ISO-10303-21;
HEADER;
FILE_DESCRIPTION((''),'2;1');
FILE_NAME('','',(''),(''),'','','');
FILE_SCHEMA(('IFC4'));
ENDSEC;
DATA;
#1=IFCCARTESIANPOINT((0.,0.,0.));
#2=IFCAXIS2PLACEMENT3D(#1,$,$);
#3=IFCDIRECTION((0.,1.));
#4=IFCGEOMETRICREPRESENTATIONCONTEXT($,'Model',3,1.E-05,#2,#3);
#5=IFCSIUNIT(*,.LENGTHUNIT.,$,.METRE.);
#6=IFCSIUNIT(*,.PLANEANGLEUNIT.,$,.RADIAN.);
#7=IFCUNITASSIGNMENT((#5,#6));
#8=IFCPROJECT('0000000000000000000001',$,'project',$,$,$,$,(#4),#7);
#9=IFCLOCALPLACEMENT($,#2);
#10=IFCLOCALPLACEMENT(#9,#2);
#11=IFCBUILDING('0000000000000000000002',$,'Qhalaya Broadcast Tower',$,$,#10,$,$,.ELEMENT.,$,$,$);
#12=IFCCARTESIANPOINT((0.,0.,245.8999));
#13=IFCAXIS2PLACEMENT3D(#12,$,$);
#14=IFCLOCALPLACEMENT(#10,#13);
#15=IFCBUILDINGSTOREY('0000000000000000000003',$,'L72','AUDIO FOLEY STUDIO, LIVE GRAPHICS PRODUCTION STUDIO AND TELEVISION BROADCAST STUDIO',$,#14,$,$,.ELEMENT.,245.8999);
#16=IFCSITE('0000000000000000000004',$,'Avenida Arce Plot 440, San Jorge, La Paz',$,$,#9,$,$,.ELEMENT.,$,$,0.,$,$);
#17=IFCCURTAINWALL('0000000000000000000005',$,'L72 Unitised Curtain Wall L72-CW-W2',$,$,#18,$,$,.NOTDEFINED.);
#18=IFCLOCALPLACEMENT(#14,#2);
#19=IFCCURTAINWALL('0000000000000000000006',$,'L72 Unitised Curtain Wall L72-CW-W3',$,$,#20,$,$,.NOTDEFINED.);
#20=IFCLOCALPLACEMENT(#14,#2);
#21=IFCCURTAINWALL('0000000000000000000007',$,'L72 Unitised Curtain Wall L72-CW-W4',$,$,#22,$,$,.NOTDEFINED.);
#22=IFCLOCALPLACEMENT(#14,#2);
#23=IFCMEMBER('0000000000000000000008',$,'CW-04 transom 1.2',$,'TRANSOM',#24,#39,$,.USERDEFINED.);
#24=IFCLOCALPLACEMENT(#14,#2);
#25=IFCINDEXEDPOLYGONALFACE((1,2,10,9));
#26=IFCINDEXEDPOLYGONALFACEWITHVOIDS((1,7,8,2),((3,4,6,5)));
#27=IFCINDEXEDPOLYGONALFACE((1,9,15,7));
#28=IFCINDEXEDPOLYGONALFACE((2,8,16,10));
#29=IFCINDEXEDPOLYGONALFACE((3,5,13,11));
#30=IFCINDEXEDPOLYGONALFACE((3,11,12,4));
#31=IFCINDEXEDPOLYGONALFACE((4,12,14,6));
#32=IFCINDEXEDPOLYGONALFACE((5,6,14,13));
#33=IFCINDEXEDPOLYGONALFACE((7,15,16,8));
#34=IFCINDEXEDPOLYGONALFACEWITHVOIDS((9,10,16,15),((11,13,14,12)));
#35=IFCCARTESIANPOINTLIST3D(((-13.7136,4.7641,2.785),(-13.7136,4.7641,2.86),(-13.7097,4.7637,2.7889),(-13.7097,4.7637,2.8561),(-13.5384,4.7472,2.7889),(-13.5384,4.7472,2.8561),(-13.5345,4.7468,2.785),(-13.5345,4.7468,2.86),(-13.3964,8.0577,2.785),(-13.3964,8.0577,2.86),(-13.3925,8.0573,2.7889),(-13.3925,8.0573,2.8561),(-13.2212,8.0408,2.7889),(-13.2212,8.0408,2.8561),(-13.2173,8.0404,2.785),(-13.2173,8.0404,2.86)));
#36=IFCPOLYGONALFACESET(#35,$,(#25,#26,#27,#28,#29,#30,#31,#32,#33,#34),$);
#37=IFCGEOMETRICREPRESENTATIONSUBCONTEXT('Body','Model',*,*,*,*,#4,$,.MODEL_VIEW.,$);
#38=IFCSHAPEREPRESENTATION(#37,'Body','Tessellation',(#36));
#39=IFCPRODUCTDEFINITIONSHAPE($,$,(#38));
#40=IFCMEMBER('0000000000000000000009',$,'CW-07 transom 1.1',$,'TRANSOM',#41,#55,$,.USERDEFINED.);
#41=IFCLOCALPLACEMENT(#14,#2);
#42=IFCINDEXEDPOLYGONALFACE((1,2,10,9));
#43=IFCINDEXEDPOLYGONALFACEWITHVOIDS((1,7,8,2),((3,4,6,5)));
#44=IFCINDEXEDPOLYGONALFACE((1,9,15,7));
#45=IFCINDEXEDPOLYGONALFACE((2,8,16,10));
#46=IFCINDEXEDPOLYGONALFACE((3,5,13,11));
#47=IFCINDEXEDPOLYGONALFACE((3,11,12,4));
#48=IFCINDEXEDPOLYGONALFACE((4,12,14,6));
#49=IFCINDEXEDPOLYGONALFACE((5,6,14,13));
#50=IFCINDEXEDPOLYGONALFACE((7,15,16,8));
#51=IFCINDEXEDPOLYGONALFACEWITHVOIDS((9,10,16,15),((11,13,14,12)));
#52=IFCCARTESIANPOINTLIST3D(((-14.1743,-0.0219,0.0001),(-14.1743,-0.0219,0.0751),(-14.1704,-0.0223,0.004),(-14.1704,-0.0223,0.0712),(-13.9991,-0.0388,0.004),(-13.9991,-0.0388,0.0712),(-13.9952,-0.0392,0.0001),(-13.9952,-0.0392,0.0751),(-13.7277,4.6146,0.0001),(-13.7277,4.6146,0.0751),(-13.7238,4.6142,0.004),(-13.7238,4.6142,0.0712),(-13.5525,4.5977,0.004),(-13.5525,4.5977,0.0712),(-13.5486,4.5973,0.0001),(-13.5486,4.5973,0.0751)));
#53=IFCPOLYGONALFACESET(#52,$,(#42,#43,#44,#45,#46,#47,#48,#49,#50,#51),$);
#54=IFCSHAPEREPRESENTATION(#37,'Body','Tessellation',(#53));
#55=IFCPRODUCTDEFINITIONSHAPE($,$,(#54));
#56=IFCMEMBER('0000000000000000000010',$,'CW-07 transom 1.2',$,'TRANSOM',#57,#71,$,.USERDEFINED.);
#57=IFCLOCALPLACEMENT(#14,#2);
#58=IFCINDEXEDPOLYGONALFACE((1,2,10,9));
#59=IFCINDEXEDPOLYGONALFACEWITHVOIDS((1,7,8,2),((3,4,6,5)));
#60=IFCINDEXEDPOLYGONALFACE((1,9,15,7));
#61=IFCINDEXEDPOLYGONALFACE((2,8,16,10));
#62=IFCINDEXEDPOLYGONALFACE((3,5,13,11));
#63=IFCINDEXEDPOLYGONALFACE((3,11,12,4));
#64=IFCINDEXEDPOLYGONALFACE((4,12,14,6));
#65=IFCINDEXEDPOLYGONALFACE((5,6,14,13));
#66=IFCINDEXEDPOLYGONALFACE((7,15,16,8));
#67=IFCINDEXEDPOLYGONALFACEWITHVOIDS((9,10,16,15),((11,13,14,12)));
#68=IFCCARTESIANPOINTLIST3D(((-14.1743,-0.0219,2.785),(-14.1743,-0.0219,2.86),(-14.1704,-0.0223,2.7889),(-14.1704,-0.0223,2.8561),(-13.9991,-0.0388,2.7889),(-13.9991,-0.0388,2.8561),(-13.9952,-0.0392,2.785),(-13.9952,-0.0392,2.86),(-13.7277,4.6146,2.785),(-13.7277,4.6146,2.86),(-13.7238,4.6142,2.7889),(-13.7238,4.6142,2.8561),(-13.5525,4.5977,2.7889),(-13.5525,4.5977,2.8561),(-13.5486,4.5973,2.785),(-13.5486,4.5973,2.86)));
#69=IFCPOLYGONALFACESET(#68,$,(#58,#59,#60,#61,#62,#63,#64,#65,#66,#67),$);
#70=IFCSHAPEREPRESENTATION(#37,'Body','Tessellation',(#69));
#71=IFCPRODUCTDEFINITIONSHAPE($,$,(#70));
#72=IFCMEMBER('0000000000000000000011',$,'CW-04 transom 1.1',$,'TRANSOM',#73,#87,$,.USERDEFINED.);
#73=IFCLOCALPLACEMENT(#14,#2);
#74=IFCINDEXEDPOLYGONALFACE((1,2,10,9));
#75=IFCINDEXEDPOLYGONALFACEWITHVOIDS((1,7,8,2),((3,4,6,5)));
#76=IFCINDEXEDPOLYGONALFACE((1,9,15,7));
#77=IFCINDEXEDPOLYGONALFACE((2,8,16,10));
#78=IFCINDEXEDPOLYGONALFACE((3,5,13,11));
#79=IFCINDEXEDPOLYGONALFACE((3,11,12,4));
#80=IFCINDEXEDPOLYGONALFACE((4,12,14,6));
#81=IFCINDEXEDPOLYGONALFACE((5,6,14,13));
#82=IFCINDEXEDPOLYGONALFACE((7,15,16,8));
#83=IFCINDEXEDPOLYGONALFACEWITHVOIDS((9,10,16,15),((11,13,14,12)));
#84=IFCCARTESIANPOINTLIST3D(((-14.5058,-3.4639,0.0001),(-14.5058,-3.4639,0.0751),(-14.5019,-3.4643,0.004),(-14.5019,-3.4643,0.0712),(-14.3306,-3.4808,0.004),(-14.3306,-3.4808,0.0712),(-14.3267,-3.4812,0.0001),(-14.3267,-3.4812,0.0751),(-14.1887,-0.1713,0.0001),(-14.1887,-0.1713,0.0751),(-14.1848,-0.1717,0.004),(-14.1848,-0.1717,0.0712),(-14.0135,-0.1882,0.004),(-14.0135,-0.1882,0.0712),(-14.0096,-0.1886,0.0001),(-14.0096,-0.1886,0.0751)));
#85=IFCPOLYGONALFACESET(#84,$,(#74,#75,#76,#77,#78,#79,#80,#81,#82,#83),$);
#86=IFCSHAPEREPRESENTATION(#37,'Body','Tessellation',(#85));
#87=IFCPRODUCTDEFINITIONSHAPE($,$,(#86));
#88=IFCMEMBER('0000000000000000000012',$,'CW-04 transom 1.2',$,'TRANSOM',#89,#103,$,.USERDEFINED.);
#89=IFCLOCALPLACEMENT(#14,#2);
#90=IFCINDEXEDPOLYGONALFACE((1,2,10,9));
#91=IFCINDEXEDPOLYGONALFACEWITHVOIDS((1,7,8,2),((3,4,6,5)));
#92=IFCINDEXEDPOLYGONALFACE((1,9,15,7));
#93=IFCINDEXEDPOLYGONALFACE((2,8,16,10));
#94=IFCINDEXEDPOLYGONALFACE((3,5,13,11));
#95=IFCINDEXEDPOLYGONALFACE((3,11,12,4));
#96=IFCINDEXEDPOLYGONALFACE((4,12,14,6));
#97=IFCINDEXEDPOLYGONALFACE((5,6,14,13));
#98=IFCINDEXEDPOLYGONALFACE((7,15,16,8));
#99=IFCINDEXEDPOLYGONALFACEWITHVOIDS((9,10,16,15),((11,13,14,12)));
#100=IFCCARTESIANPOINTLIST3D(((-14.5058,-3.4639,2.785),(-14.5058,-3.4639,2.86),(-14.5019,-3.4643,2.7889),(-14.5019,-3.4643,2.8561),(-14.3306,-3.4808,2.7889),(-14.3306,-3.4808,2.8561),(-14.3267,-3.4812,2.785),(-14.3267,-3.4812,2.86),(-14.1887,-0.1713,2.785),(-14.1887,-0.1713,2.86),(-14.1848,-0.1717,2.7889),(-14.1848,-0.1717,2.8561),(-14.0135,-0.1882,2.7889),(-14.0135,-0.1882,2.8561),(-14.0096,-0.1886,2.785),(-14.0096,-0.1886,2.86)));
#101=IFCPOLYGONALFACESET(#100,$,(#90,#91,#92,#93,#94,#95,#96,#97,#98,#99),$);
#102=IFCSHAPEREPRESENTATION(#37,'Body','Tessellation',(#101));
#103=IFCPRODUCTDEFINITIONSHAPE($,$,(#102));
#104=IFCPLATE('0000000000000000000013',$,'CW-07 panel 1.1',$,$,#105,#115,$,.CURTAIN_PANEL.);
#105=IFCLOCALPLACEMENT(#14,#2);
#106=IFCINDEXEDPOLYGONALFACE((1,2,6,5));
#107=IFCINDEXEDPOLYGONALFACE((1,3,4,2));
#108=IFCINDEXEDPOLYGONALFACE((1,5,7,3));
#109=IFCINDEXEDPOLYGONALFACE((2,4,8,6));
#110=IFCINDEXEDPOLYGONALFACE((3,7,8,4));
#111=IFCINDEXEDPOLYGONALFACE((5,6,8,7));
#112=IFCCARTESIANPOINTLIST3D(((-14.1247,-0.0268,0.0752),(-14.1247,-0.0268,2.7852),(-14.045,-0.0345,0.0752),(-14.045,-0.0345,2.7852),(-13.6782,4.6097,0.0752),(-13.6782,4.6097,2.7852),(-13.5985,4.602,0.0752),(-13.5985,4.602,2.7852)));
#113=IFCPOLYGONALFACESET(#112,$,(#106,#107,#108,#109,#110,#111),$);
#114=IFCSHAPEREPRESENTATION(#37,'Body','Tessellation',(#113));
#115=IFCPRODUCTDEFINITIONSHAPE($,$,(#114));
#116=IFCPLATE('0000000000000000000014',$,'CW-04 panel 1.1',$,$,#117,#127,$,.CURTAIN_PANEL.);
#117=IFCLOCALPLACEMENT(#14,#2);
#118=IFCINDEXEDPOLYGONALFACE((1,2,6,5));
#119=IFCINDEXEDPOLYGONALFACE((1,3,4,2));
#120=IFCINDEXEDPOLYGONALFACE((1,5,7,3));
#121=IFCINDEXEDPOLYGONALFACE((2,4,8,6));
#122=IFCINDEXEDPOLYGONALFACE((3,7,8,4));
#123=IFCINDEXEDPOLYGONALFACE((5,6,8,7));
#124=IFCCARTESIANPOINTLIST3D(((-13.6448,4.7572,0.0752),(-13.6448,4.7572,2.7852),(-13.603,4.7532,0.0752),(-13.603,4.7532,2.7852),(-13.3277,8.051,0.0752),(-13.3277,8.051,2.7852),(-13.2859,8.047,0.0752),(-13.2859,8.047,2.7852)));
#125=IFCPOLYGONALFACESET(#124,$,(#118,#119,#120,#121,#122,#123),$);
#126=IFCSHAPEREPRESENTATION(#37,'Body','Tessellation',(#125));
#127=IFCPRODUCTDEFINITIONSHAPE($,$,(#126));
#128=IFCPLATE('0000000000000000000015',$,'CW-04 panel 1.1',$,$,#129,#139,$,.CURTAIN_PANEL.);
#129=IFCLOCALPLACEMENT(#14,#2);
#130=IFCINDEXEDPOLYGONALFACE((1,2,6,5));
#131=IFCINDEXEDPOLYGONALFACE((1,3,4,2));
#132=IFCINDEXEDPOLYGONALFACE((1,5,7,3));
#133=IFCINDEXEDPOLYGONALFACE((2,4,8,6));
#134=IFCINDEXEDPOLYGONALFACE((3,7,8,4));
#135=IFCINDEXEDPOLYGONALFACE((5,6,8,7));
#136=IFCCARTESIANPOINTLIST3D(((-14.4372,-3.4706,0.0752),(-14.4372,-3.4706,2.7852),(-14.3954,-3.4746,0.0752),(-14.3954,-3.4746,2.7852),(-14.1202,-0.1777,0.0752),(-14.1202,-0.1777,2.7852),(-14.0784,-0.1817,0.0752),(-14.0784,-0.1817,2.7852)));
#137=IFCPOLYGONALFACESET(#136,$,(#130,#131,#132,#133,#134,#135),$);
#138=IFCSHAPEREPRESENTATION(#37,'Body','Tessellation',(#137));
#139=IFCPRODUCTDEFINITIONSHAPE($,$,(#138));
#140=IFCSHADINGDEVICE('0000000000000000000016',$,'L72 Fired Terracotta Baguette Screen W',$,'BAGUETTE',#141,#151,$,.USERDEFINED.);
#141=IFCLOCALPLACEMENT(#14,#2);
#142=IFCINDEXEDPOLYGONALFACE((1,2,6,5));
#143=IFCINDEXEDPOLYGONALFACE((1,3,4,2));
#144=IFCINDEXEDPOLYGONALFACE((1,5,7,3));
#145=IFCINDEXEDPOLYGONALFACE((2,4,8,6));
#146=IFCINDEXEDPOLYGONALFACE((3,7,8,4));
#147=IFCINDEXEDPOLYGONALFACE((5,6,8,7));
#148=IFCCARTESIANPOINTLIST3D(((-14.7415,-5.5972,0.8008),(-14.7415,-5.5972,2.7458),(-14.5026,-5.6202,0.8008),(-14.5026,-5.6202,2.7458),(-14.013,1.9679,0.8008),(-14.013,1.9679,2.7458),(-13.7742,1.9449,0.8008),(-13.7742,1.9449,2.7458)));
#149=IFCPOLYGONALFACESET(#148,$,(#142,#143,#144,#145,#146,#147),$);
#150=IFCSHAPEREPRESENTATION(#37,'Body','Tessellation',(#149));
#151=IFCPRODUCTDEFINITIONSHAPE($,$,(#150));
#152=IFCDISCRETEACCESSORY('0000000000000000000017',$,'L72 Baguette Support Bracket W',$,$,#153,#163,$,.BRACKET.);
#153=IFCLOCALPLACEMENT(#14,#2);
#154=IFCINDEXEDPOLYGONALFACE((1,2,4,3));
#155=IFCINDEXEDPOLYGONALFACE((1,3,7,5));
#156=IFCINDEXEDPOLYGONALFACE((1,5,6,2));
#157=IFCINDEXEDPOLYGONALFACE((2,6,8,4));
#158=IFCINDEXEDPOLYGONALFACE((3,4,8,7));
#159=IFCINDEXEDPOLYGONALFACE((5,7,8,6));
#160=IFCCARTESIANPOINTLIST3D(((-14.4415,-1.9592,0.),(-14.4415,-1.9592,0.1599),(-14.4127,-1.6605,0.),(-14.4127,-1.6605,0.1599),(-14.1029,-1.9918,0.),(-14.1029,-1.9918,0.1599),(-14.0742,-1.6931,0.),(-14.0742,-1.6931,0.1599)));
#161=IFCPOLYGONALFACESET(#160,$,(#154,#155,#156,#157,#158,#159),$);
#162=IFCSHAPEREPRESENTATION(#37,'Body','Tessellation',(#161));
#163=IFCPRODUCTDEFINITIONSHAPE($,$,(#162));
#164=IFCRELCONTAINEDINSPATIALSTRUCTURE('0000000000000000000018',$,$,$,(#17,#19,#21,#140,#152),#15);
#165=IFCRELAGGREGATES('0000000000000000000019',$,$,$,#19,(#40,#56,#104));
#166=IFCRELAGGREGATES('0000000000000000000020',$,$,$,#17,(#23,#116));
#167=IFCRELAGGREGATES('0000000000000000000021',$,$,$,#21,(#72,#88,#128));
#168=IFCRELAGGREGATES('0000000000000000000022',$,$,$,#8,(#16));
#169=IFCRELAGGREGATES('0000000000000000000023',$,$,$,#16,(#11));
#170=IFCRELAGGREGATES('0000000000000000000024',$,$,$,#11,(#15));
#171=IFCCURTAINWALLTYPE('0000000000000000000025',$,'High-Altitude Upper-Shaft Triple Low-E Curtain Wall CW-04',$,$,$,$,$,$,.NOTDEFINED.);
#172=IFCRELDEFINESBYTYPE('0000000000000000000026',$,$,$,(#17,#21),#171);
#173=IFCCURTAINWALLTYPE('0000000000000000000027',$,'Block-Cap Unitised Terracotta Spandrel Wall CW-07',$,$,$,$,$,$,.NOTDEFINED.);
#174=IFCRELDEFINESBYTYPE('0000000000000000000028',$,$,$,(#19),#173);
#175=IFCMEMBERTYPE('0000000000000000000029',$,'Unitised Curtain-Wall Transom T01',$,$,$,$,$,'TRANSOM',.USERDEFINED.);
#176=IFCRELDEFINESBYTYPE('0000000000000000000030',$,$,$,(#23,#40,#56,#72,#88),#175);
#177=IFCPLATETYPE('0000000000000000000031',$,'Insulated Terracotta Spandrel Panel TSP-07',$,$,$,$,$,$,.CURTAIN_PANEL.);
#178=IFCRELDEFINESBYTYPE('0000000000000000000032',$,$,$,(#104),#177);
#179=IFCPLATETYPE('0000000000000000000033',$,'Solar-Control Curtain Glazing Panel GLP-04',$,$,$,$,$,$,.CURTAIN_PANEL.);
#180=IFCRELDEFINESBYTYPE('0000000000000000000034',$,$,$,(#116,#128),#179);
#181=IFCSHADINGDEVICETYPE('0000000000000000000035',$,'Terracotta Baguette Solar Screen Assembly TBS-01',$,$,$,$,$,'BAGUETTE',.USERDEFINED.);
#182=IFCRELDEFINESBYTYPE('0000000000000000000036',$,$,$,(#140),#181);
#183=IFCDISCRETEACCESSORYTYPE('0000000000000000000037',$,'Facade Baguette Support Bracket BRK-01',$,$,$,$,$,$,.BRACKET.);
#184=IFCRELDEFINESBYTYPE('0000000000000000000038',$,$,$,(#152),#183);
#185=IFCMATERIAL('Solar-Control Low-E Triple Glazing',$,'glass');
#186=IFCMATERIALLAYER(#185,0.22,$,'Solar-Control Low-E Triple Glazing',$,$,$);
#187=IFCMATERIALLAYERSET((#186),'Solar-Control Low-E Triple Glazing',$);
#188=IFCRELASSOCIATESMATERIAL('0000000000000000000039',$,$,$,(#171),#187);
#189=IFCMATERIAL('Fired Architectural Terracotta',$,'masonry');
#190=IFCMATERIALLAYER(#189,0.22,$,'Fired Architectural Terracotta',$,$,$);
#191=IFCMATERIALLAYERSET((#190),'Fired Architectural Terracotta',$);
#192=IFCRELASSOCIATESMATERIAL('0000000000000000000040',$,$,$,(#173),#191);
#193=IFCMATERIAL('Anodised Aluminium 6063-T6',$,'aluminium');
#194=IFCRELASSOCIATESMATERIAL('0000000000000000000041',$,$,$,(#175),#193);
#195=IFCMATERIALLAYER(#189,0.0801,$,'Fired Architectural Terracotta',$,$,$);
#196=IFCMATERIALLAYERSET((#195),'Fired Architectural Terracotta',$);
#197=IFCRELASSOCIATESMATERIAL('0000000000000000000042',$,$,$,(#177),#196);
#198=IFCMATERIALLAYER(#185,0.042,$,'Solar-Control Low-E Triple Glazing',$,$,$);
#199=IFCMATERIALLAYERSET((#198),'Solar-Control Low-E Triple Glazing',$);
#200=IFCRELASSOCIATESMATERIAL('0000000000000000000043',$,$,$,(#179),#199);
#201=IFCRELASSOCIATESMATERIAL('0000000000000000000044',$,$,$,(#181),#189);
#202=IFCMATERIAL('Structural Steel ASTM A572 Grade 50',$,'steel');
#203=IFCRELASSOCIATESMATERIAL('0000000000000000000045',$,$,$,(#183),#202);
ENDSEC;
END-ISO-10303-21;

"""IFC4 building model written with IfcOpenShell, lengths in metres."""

from ifc_helpers import new_model, si_unit, direction, frame, origin, origin_2d, place, context, subcontext, project, spatial, rectangle, hollow_rectangle, extrude, material, layer, layer_set, material_profile, profile_set, type_object, element, aggregate, save


model = new_model("IFC4")

# Units and contexts
model_context = context("Model", 3, precision=1e-05, world=origin(), true_north=direction((0.0, 1.0)))
body_context = subcontext(model_context, "Body", "Model", "MODEL_VIEW")
ifc_project = project(units=[si_unit("LENGTHUNIT", "METRE"), si_unit("PLANEANGLEUNIT", "RADIAN")], contexts=[model_context])

# Site, building, storey
site_placement = place(None, origin())
site = spatial("IfcSite", under=ifc_project, at=site_placement, Name="Avenida Arce Plot 440, San Jorge, La Paz", CompositionType="ELEMENT", RefElevation=0.0)
building_placement = place(site_placement, origin())
building = spatial("IfcBuilding", under=site, at=building_placement, Name="Qhalaya Broadcast Tower", CompositionType="ELEMENT")
storey_placement = place(building_placement, frame((0.0, 0.0, 245.8999)))
storey = spatial("IfcBuildingStorey", under=building, at=storey_placement, Name="L72", Description="AUDIO FOLEY STUDIO, LIVE GRAPHICS PRODUCTION STUDIO AND TELEVISION BROADCAST STUDIO", CompositionType="ELEMENT", Elevation=245.8999)

# Shared definitions
ifc_material_1 = material(Name="Structural Steel ASTM A572 Grade 50", Category="steel")

# Curtain wall
ifc_material_2 = material(Name="Solar-Control Low-E Triple Glazing", Category="glass")
ifc_layer_1 = layer(ifc_material_2, 0.22, Name="Solar-Control Low-E Triple Glazing")
ifc_layer_set_1 = layer_set([ifc_layer_1], Name="Solar-Control Low-E Triple Glazing")
curtain_wall_type_1 = type_object("IfcCurtainWallType", Name="High-Altitude Upper-Shaft Triple Low-E Curtain Wall CW-04", PredefinedType="NOTDEFINED", material=ifc_layer_set_1)
curtain_wall_1_placement = place(storey_placement, origin())
curtain_wall_1 = element("IfcCurtainWall", 1, at=curtain_wall_1_placement, inside=storey, type_object=curtain_wall_type_1, Name="L72 Unitised Curtain Wall L72-CW-W2", PredefinedType="NOTDEFINED")
ifc_material_3 = material(Name="Anodised Aluminium 6063-T6", Category="aluminium")

# Curtain wall
ifc_material_4 = material(Name="Fired Architectural Terracotta", Category="masonry")
ifc_layer_2 = layer(ifc_material_4, 0.22, Name="Fired Architectural Terracotta")
ifc_layer_set_2 = layer_set([ifc_layer_2], Name="Fired Architectural Terracotta")
curtain_wall_type_2 = type_object("IfcCurtainWallType", Name="Block-Cap Unitised Terracotta Spandrel Wall CW-07", PredefinedType="NOTDEFINED", material=ifc_layer_set_2)
curtain_wall_2_placement = place(storey_placement, origin())
curtain_wall_2 = element("IfcCurtainWall", 2, at=curtain_wall_2_placement, inside=storey, type_object=curtain_wall_type_2, Name="L72 Unitised Curtain Wall L72-CW-W3", PredefinedType="NOTDEFINED")

# Curtain wall
curtain_wall_3_placement = place(storey_placement, origin())
curtain_wall_3 = element("IfcCurtainWall", 3, at=curtain_wall_3_placement, inside=storey, type_object=curtain_wall_type_1, Name="L72 Unitised Curtain Wall L72-CW-W4", PredefinedType="NOTDEFINED")

# Members
ifc_material_profile_1 = material_profile(ifc_material_3, hollow_rectangle(XDim=0.075, YDim=0.1799, WallThickness=0.0039, at=origin_2d()), Name="ALU-TRN 75x180x4")
ifc_profile_set_1 = profile_set([ifc_material_profile_1], Name="Anodised Aluminium 6063-T6")
member_type_1 = type_object("IfcMemberType", Name="Unitised Curtain-Wall Transom T01", ElementType="TRANSOM", PredefinedType="USERDEFINED", material=ifc_profile_set_1)
member_1_placement = place(storey_placement, frame((-13.3069, 8.0491, 2.8225), z_axis=(-0.095843, -0.995396, 0.0), x_axis=(0.0, 0.0, 1.0)))
member_1 = element("IfcMember", 4, at=member_1_placement, type_object=member_type_1, Name="CW-04 transom 1.2", ObjectType="TRANSOM", PredefinedType="USERDEFINED", context=body_context, shape_type="SweptSolid", body=[
    extrude(hollow_rectangle(XDim=0.075, YDim=0.1799, WallThickness=0.0039, at=origin_2d()), origin(), (0.0, 0.0, 1.0), 3.3088),
])
member_2_placement = place(storey_placement, frame((-13.6382, 4.606, 0.0376), z_axis=(-0.095865, -0.995394, 0.0), x_axis=(0.0, 0.0, 1.0)))
member_2 = element("IfcMember", 5, at=member_2_placement, type_object=member_type_1, Name="CW-07 transom 1.1", ObjectType="TRANSOM", PredefinedType="USERDEFINED", context=body_context, shape_type="SweptSolid", body=[
    extrude(hollow_rectangle(XDim=0.075, YDim=0.1799, WallThickness=0.0039, at=origin_2d()), origin(), (0.0, 0.0, 1.0), 4.658),
])
member_3_placement = place(storey_placement, frame((-13.6382, 4.606, 2.8225), z_axis=(-0.095865, -0.995394, 0.0), x_axis=(0.0, 0.0, 1.0)))
member_3 = element("IfcMember", 6, at=member_3_placement, type_object=member_type_1, Name="CW-07 transom 1.2", ObjectType="TRANSOM", PredefinedType="USERDEFINED", context=body_context, shape_type="SweptSolid", body=[
    extrude(hollow_rectangle(XDim=0.075, YDim=0.1799, WallThickness=0.0039, at=origin_2d()), origin(), (0.0, 0.0, 1.0), 4.658),
])
member_4_placement = place(storey_placement, frame((-14.0991, -0.1799, 0.0376), z_axis=(-0.095871, -0.995394, 0.0), x_axis=(0.0, 0.0, 1.0)))
member_4 = element("IfcMember", 7, at=member_4_placement, type_object=member_type_1, Name="CW-04 transom 1.1", ObjectType="TRANSOM", PredefinedType="USERDEFINED", context=body_context, shape_type="SweptSolid", body=[
    extrude(hollow_rectangle(XDim=0.075, YDim=0.1799, WallThickness=0.0039, at=origin_2d()), origin(), (0.0, 0.0, 1.0), 3.3079),
])
member_5_placement = place(storey_placement, frame((-14.0991, -0.1799, 2.8225), z_axis=(-0.095871, -0.995394, 0.0), x_axis=(0.0, 0.0, 1.0)))
member_5 = element("IfcMember", 8, at=member_5_placement, type_object=member_type_1, Name="CW-04 transom 1.2", ObjectType="TRANSOM", PredefinedType="USERDEFINED", context=body_context, shape_type="SweptSolid", body=[
    extrude(hollow_rectangle(XDim=0.075, YDim=0.1799, WallThickness=0.0039, at=origin_2d()), origin(), (0.0, 0.0, 1.0), 3.3079),
])

# Plates
ifc_layer_3 = layer(ifc_material_4, 0.0801, Name="Fired Architectural Terracotta")
ifc_layer_set_3 = layer_set([ifc_layer_3], Name="Fired Architectural Terracotta")
plate_type_1 = type_object("IfcPlateType", Name="Insulated Terracotta Spandrel Panel TSP-07", PredefinedType="CURTAIN_PANEL", material=ifc_layer_set_3)
plate_1_placement = place(storey_placement, frame((-13.8616, 2.2876, 0.0752), z_axis=(0.0, 0.0, 1.0), x_axis=(-0.095862, -0.995395, 0.0)))
plate_1 = element("IfcPlate", 9, at=plate_1_placement, type_object=plate_type_1, Name="CW-07 panel 1.1", PredefinedType="CURTAIN_PANEL", context=body_context, shape_type="SweptSolid", body=[
    extrude(rectangle(XDim=4.658, YDim=0.0801, at=origin_2d()), origin(), (0.0, 0.0, 1.0), 2.71),
])
aggregate(curtain_wall_2, [member_2, member_3, plate_1])
ifc_layer_4 = layer(ifc_material_2, 0.042, Name="Solar-Control Low-E Triple Glazing")
ifc_layer_set_4 = layer_set([ifc_layer_4], Name="Solar-Control Low-E Triple Glazing")
plate_type_2 = type_object("IfcPlateType", Name="Solar-Control Curtain Glazing Panel GLP-04", PredefinedType="CURTAIN_PANEL", material=ifc_layer_set_4)
plate_2_placement = place(storey_placement, frame((-13.4653, 6.4021, 0.0752), z_axis=(0.0, 0.0, 1.0), x_axis=(-0.095836, -0.995397, 0.0)))
plate_2 = element("IfcPlate", 10, at=plate_2_placement, type_object=plate_type_2, Name="CW-04 panel 1.1", PredefinedType="CURTAIN_PANEL", context=body_context, shape_type="SweptSolid", body=[
    extrude(rectangle(XDim=3.3091, YDim=0.042, at=origin_2d()), origin(), (0.0, 0.0, 1.0), 2.71),
])
aggregate(curtain_wall_1, [member_1, plate_2])
plate_3_placement = place(storey_placement, frame((-14.2578, -1.8262, 0.0752), z_axis=(0.0, 0.0, 1.0), x_axis=(-0.095835, -0.995397, 0.0)))
plate_3 = element("IfcPlate", 11, at=plate_3_placement, type_object=plate_type_2, Name="CW-04 panel 1.1", PredefinedType="CURTAIN_PANEL", context=body_context, shape_type="SweptSolid", body=[
    extrude(rectangle(XDim=3.3081, YDim=0.042, at=origin_2d()), origin(), (0.0, 0.0, 1.0), 2.71),
])
aggregate(curtain_wall_3, [member_4, member_5, plate_3])

# Shading device
shading_device_type = type_object("IfcShadingDeviceType", Name="Terracotta Baguette Solar Screen Assembly TBS-01", ElementType="BAGUETTE", PredefinedType="USERDEFINED", material=ifc_material_4)
shading_device_placement = place(storey_placement, frame((-14.2578, -1.8262, 0.8008), z_axis=(0.0, 0.0, 1.0), x_axis=(-0.095846, -0.995396, 0.0)))
element("IfcShadingDevice", 12, at=shading_device_placement, inside=storey, type_object=shading_device_type, Name="L72 Fired Terracotta Baguette Screen W", ObjectType="BAGUETTE", PredefinedType="USERDEFINED", context=body_context, shape_type="SweptSolid", body=[
    extrude(rectangle(XDim=7.6001, YDim=0.24, at=origin_2d()), origin(), (0.0, 0.0, 1.0), 1.9451),
])

# Discrete accessory
discrete_accessory_type = type_object("IfcDiscreteAccessoryType", Name="Facade Baguette Support Bracket BRK-01", PredefinedType="BRACKET", material=ifc_material_1)
discrete_accessory_placement = place(storey_placement, frame((-14.2578, -1.8262, 0.0), z_axis=(0.0, 0.0, 1.0), x_axis=(-0.095846, -0.995396, 0.0)))
element("IfcDiscreteAccessory", 13, at=discrete_accessory_placement, inside=storey, type_object=discrete_accessory_type, Name="L72 Baguette Support Bracket W", PredefinedType="BRACKET", context=body_context, shape_type="SweptSolid", body=[
    extrude(rectangle(XDim=0.3, YDim=0.3401, at=origin_2d()), origin(), (0.0, 0.0, 1.0), 0.1599),
])

save(model, "model.ifc")
